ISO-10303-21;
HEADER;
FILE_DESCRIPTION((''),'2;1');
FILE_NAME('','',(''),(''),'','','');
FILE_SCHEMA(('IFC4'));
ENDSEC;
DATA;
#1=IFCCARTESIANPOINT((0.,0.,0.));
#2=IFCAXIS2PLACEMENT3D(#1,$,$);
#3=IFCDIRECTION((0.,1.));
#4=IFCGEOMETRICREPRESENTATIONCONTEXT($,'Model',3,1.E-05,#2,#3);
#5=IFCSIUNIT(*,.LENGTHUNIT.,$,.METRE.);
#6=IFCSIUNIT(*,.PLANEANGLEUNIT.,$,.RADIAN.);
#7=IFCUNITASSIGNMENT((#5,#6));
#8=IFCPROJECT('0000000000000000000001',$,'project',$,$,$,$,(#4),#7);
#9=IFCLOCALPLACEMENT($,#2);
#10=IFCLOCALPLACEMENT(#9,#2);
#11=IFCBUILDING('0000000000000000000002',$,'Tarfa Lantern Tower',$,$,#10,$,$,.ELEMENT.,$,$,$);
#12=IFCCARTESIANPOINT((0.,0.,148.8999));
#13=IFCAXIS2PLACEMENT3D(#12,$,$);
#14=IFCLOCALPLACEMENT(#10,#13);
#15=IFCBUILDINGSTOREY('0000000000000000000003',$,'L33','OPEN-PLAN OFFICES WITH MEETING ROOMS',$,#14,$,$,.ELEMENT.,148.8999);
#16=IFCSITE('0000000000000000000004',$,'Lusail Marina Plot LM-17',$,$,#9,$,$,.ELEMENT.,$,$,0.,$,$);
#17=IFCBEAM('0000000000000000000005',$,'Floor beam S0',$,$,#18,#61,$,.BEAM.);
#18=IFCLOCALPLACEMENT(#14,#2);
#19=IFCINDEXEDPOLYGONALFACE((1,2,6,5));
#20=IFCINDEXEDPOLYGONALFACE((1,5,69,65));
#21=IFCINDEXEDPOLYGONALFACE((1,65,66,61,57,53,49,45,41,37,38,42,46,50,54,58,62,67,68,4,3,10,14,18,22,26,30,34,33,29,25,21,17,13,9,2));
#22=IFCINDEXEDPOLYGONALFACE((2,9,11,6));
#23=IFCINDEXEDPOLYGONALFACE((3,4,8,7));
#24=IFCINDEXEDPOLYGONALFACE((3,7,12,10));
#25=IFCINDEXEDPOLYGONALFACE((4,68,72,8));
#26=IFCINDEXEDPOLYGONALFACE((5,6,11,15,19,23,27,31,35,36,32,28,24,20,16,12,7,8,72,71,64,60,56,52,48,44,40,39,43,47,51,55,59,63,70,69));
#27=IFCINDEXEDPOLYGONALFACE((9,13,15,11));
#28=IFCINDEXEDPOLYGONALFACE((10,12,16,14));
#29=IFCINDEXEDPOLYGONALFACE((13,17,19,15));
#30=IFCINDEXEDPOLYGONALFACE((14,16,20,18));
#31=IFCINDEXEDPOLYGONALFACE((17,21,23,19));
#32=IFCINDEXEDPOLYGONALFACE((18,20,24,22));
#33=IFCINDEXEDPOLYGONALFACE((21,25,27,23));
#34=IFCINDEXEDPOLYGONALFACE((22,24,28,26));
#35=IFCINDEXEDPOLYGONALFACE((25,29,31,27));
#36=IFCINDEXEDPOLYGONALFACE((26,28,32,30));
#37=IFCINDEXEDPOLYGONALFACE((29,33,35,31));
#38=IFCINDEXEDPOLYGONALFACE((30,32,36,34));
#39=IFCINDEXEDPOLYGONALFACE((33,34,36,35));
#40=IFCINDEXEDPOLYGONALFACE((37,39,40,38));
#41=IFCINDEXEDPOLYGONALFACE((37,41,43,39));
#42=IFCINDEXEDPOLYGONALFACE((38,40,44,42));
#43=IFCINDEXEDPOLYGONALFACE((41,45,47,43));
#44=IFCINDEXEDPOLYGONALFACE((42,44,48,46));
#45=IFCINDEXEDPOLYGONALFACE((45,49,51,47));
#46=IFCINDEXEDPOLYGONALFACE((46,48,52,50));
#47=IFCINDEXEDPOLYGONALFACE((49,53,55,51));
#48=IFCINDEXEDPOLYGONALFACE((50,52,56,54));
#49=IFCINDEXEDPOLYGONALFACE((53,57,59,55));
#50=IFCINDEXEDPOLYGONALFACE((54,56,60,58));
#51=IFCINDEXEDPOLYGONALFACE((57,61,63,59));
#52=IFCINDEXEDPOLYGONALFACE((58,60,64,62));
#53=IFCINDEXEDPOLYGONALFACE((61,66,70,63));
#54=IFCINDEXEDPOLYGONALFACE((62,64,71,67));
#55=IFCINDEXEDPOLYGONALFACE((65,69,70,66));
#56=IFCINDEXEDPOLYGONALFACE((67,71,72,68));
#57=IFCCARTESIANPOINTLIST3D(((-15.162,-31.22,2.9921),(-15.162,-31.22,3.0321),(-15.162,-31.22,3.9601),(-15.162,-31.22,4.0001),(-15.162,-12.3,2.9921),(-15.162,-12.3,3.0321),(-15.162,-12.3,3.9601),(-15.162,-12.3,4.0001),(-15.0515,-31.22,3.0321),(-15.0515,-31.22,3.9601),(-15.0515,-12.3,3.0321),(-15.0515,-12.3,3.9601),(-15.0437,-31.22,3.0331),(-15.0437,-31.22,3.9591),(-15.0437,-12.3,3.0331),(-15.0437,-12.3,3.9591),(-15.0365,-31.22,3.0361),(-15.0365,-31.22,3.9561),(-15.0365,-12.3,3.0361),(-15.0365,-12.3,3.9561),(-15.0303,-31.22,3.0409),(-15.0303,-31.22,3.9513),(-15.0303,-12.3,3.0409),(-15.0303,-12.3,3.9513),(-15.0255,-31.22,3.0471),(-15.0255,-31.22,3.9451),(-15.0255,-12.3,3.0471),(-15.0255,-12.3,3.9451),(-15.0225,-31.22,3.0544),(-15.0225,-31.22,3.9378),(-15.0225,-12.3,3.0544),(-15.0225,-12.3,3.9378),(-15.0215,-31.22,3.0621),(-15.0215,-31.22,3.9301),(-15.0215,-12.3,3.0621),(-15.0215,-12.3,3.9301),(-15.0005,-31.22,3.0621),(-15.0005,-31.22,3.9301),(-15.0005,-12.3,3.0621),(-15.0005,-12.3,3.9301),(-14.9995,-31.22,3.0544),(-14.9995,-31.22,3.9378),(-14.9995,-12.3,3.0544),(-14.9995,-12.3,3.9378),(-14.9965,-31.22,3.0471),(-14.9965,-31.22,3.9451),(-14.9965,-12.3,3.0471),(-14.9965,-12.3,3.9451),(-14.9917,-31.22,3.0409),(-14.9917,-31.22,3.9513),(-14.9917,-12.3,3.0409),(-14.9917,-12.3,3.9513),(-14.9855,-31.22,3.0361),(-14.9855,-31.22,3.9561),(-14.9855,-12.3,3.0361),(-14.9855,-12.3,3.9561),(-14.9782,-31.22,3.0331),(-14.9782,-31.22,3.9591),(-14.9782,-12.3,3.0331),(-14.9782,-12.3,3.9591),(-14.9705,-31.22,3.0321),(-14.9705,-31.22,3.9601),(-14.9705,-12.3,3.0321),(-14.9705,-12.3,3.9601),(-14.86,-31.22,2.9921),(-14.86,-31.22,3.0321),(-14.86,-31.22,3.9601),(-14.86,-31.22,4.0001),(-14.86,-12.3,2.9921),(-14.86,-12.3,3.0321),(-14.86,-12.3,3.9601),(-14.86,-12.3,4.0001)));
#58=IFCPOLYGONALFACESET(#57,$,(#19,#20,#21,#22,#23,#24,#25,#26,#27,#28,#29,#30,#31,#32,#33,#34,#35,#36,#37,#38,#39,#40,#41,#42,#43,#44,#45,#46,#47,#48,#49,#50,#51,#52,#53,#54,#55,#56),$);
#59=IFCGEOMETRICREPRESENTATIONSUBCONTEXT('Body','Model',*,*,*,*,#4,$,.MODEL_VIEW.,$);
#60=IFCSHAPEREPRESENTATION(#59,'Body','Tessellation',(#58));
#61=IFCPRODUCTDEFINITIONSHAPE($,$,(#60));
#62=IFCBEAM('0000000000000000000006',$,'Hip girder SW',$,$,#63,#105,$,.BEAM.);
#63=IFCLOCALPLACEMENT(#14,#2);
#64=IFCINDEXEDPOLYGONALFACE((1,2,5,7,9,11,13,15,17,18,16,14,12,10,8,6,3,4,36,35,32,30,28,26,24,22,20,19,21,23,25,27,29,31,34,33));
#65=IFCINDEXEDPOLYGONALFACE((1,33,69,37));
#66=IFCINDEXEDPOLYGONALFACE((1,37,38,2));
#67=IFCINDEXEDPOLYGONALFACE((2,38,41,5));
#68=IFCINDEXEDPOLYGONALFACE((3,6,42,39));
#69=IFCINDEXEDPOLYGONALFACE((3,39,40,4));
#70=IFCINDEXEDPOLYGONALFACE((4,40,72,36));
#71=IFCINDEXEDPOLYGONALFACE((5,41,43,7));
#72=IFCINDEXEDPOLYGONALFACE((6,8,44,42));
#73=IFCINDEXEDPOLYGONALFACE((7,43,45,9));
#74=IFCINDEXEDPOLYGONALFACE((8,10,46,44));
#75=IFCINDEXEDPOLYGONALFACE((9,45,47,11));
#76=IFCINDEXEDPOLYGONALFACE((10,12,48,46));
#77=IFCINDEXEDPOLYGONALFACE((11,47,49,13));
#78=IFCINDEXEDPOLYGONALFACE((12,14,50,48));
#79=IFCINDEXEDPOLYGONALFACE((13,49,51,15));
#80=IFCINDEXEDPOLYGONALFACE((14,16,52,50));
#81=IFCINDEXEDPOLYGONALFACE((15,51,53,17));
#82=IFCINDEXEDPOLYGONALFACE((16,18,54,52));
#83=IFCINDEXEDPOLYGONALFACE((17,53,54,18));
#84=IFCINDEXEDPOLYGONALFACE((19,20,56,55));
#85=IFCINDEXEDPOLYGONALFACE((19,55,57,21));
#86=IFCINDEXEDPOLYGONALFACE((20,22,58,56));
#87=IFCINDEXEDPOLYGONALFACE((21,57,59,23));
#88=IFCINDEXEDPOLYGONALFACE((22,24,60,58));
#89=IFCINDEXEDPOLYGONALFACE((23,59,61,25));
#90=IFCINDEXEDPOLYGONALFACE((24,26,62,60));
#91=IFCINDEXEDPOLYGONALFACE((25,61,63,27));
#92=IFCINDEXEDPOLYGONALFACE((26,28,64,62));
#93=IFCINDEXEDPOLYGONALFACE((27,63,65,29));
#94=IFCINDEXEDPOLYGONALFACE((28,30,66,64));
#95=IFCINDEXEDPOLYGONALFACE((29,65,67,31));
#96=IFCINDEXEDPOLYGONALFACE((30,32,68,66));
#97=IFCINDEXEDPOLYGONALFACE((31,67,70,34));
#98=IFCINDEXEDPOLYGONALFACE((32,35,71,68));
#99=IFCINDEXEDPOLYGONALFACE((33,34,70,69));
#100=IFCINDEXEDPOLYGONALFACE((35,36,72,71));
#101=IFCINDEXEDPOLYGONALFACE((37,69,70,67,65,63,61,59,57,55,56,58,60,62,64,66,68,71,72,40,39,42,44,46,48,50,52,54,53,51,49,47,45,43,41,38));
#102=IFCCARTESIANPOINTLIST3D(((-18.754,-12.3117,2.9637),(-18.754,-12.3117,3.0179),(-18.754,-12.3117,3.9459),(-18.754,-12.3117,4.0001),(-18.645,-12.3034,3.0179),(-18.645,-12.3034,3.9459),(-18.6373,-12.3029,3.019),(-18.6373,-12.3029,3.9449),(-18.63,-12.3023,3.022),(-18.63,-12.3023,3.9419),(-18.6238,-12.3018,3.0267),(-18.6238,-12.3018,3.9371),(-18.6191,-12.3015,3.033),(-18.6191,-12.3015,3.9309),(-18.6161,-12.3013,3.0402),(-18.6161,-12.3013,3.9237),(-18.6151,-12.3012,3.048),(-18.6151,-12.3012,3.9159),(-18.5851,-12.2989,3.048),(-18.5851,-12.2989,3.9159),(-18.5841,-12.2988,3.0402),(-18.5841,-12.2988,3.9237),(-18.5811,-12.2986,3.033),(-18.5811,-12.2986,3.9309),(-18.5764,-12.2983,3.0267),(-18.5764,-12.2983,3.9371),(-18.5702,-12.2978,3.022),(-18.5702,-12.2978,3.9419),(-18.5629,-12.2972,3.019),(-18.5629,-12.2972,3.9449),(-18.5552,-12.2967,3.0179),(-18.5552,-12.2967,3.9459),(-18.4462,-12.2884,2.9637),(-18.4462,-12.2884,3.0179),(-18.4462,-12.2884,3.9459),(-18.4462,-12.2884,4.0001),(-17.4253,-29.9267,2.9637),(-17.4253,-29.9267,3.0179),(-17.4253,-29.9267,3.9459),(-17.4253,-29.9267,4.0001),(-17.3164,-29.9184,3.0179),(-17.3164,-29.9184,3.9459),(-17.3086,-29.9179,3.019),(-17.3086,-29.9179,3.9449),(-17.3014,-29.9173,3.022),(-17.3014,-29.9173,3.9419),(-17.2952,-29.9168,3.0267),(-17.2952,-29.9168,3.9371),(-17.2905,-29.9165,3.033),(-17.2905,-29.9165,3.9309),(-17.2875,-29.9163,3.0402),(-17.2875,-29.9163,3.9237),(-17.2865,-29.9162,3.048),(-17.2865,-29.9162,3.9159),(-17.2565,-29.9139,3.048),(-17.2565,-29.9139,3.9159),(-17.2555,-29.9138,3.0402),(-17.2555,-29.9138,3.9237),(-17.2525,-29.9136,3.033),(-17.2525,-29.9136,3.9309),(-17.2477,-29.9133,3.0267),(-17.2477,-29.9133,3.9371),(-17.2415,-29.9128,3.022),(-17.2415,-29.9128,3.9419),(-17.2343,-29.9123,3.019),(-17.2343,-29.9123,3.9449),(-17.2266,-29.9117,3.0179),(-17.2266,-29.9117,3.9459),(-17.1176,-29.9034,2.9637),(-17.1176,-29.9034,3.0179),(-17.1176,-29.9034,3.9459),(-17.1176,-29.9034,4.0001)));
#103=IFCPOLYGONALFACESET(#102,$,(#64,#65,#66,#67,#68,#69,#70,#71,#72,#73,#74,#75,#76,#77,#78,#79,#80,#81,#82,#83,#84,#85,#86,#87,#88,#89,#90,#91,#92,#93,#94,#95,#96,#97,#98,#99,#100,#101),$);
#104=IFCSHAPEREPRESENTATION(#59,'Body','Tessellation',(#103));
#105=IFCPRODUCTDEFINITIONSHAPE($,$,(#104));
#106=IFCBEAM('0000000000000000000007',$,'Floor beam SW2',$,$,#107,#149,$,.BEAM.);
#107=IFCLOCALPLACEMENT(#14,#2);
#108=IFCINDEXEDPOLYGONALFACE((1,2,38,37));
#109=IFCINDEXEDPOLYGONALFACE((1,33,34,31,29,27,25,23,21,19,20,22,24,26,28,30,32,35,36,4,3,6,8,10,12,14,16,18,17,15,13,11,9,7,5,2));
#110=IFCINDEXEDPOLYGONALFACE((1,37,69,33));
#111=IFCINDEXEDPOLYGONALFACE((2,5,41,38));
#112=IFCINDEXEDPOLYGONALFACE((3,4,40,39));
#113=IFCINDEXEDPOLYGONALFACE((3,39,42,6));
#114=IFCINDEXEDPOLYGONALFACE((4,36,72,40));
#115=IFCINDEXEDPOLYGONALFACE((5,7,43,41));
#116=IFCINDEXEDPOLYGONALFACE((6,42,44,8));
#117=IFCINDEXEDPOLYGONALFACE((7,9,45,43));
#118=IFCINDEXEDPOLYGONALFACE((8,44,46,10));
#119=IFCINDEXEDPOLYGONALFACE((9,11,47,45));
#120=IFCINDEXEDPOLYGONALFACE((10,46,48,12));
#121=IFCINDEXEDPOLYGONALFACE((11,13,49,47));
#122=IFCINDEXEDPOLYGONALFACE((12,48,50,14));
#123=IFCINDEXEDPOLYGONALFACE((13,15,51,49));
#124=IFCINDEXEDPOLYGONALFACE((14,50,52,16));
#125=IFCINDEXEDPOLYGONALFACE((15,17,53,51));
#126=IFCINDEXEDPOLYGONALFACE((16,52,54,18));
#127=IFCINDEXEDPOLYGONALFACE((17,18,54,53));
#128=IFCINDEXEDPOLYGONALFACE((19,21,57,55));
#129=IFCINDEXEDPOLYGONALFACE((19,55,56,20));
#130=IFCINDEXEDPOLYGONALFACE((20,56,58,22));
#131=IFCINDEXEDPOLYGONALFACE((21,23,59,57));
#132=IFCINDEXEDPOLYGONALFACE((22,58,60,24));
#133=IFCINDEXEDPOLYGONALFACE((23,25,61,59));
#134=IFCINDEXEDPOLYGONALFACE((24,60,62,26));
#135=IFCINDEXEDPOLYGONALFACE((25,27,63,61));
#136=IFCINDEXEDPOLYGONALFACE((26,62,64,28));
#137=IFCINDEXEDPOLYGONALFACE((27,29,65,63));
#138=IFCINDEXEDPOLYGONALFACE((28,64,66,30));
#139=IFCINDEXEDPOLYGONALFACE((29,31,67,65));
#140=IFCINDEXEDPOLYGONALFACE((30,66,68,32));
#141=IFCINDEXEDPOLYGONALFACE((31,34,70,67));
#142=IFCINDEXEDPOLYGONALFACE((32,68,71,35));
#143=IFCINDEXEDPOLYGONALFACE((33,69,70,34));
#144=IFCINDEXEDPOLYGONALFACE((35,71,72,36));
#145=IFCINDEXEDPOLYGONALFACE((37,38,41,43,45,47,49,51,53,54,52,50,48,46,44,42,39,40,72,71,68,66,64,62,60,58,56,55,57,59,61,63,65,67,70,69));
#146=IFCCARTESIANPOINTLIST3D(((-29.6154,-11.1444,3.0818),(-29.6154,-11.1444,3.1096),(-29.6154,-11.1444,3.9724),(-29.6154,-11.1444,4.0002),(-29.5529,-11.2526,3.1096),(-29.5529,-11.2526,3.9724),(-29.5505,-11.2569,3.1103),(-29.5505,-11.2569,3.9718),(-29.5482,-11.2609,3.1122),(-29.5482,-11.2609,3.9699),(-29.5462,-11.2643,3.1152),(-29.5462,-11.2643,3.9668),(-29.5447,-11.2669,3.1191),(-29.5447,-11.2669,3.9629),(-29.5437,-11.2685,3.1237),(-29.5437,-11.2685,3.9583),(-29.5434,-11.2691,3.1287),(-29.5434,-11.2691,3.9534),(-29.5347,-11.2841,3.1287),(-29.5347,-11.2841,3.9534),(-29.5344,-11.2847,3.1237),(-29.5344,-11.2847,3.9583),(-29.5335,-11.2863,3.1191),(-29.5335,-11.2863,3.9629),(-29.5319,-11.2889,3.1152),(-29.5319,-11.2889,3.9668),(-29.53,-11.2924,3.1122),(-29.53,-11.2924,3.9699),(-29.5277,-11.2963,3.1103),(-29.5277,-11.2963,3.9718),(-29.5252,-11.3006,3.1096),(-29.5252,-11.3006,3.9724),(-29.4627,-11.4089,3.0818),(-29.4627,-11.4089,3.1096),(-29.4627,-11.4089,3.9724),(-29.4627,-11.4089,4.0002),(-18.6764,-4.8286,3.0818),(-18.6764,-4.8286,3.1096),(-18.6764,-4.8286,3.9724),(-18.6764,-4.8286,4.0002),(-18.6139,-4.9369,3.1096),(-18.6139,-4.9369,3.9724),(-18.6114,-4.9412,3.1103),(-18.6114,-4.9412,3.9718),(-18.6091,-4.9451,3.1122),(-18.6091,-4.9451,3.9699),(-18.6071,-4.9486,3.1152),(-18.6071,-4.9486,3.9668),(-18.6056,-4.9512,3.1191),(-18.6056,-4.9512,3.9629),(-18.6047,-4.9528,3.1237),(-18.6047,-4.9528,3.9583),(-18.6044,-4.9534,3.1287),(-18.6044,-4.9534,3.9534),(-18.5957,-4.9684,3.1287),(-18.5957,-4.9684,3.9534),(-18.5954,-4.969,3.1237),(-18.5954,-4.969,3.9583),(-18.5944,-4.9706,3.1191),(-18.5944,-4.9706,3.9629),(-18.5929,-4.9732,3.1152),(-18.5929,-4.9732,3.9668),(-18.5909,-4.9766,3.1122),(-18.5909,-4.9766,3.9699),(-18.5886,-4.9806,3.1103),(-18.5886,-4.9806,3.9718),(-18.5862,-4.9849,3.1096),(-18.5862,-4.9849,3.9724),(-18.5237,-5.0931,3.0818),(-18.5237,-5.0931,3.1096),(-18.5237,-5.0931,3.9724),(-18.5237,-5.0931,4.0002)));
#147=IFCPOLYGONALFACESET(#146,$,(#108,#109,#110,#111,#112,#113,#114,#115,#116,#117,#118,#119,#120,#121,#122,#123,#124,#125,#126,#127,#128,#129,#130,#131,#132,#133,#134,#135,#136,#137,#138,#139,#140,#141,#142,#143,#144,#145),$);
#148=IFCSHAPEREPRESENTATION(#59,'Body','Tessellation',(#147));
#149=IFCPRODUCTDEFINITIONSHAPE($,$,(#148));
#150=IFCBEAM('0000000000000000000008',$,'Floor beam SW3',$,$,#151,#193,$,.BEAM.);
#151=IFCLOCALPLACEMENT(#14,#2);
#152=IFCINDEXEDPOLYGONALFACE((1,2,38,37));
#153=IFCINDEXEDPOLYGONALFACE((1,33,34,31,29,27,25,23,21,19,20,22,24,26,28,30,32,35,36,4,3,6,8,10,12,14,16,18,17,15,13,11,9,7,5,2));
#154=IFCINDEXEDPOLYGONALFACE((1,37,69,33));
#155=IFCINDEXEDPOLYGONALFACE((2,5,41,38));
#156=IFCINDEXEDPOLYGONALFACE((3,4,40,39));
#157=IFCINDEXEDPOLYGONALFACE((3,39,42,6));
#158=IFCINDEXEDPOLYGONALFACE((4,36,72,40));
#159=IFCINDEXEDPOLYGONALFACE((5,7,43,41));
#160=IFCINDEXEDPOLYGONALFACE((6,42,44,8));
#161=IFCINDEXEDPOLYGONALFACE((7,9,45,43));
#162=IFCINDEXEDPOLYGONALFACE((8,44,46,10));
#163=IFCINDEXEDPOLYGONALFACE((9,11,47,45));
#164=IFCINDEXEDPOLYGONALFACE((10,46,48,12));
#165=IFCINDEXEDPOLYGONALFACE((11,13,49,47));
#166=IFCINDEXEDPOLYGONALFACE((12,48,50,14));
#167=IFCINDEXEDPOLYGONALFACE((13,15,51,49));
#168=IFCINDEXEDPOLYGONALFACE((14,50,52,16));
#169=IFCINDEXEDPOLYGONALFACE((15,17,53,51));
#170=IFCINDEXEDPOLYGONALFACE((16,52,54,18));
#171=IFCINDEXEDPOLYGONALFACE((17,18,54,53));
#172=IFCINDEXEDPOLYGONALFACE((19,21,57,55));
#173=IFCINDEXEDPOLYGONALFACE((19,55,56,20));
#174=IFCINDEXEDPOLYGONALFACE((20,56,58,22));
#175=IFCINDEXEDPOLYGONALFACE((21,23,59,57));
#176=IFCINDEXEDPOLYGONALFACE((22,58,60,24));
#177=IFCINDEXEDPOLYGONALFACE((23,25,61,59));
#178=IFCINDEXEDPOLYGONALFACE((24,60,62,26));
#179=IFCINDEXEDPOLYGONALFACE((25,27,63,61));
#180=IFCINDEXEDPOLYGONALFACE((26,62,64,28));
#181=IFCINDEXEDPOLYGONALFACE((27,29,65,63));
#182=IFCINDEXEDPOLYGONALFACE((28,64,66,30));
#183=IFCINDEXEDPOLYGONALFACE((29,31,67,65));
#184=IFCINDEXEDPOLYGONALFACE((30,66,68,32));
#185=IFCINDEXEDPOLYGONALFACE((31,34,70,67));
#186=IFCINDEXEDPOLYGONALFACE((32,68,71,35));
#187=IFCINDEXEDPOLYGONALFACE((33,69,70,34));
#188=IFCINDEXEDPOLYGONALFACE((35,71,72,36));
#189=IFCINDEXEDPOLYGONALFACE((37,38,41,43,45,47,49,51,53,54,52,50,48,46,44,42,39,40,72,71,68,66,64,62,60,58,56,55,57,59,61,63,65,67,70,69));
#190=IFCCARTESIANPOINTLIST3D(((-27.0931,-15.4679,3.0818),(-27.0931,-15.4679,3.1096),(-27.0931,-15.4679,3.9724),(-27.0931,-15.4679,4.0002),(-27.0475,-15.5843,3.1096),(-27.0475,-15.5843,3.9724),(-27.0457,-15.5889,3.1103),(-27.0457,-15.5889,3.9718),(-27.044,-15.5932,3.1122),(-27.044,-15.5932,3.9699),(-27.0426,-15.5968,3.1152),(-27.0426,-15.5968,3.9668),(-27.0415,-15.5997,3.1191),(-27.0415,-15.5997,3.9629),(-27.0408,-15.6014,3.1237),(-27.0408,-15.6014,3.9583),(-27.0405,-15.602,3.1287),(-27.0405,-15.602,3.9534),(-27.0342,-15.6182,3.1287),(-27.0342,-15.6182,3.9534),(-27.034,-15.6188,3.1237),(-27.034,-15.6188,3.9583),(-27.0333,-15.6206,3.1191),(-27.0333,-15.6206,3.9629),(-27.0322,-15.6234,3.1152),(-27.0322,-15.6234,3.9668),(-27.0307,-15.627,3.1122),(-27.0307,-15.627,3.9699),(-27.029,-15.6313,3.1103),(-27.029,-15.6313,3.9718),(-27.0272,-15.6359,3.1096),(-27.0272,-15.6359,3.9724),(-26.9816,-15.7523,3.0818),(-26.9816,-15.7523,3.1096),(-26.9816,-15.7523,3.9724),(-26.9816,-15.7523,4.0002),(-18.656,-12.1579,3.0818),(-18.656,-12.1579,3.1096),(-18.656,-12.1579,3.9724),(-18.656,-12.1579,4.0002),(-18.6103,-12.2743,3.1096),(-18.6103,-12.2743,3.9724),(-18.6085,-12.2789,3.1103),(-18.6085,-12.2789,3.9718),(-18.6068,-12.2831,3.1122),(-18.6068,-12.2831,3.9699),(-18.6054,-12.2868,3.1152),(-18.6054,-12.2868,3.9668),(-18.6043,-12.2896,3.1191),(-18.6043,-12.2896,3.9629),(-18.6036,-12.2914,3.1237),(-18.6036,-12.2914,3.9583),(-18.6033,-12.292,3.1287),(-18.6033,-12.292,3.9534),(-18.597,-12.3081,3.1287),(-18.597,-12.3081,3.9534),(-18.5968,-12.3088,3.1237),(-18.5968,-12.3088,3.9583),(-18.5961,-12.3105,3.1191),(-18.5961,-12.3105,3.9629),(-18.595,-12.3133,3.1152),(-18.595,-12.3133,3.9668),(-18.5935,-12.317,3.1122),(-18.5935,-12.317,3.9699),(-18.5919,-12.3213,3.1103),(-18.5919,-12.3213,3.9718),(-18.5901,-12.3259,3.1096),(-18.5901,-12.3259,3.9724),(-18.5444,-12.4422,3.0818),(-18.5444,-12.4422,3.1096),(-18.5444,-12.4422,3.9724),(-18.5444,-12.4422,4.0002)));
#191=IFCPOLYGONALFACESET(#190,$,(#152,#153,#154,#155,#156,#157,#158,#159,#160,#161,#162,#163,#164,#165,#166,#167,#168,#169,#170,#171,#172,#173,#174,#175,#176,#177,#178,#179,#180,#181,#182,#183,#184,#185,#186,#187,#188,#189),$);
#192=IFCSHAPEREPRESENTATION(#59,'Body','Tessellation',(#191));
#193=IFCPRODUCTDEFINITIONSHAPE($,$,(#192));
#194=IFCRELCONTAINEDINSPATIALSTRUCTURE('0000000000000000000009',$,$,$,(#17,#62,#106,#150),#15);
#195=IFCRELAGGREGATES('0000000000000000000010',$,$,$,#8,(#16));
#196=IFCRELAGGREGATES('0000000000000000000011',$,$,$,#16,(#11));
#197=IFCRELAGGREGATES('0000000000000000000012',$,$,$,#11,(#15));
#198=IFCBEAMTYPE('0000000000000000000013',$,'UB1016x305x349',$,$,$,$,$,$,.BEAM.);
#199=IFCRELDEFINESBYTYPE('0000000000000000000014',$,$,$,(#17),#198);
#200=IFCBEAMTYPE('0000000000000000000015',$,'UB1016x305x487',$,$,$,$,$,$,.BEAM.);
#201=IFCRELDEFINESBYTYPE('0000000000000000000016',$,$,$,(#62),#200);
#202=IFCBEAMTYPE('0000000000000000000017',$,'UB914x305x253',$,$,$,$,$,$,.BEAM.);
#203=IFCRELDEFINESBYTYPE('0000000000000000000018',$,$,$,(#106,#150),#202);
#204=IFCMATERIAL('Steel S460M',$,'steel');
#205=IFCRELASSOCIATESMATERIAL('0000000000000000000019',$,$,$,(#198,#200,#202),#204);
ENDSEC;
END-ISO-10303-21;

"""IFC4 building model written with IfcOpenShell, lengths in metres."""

from ifc_helpers import new_model, si_unit, direction, frame, origin, origin_2d, place, context, subcontext, project, spatial, i_section, extrude, material, material_profile, profile_set, type_object, element, save


model = new_model("IFC4")

# Units and contexts
model_context = context("Model", 3, precision=1e-05, world=origin(), true_north=direction((0.0, 1.0)))
body_context = subcontext(model_context, "Body", "Model", "MODEL_VIEW")
ifc_project = project(units=[si_unit("LENGTHUNIT", "METRE"), si_unit("PLANEANGLEUNIT", "RADIAN")], contexts=[model_context])

# Site, building, storey
site_placement = place(None, origin())
site = spatial("IfcSite", under=ifc_project, at=site_placement, Name="Lusail Marina Plot LM-17", CompositionType="ELEMENT", RefElevation=0.0)
building_placement = place(site_placement, origin())
building = spatial("IfcBuilding", under=site, at=building_placement, Name="Tarfa Lantern Tower", CompositionType="ELEMENT")
storey_placement = place(building_placement, frame((0.0, 0.0, 148.8999)))
storey = spatial("IfcBuildingStorey", under=building, at=storey_placement, Name="L33", Description="OPEN-PLAN OFFICES WITH MEETING ROOMS", CompositionType="ELEMENT", Elevation=148.8999)

# Beams
ifc_material_1 = material(Name="Steel S460M", Category="steel")
ifc_material_profile_1 = material_profile(ifc_material_1, i_section(OverallWidth=0.302, OverallDepth=1.0081, WebThickness=0.021, FlangeThickness=0.04, FilletRadius=0.03, at=origin_2d()), Name="UB1016x305x349")
ifc_profile_set_1 = profile_set([ifc_material_profile_1], Name="Steel S460M")
beam_type_1 = type_object("IfcBeamType", Name="UB1016x305x349", PredefinedType="BEAM", material=ifc_profile_set_1)
beam_1_placement = place(storey_placement, frame((-15.011, -31.22, 3.4961), z_axis=(0.0, 1.0, 0.0), x_axis=(-1.0, 0.0, 0.0)))
element("IfcBeam", 1, at=beam_1_placement, inside=storey, type_object=beam_type_1, Name="Floor beam S0", PredefinedType="BEAM", context=body_context, shape_type="SweptSolid", body=[
    extrude(i_section(OverallWidth=0.302, OverallDepth=1.0081, WebThickness=0.021, FlangeThickness=0.04, FilletRadius=0.03, at=origin_2d()), origin(), (0.0, 0.0, 1.0), 18.9199),
])
ifc_material_profile_2 = material_profile(ifc_material_1, i_section(OverallWidth=0.3086, OverallDepth=1.0364, WebThickness=0.03, FlangeThickness=0.0542, FilletRadius=0.03, at=origin_2d()), Name="UB1016x305x487")
ifc_profile_set_2 = profile_set([ifc_material_profile_2], Name="Steel S460M")
beam_type_2 = type_object("IfcBeamType", Name="UB1016x305x487", PredefinedType="BEAM", material=ifc_profile_set_2)
beam_2_placement = place(storey_placement, frame((-18.6001, -12.3, 3.4819), z_axis=(0.075212, -0.997168, 0.0), x_axis=(0.997168, 0.075212, 0.0)))
element("IfcBeam", 2, at=beam_2_placement, inside=storey, type_object=beam_type_2, Name="Hip girder SW", PredefinedType="BEAM", context=body_context, shape_type="SweptSolid", body=[
    extrude(i_section(OverallWidth=0.3086, OverallDepth=1.0364, WebThickness=0.03, FlangeThickness=0.0542, FilletRadius=0.03, at=origin_2d()), origin(), (0.0, 0.0, 1.0), 17.665),
])
ifc_material_profile_3 = material_profile(ifc_material_1, i_section(OverallWidth=0.3054, OverallDepth=0.9185, WebThickness=0.0173, FlangeThickness=0.0278, FilletRadius=0.019, at=origin_2d()), Name="UB914x305x253")
ifc_profile_set_3 = profile_set([ifc_material_profile_3], Name="Steel S460M")
beam_type_3 = type_object("IfcBeamType", Name="UB914x305x253", PredefinedType="BEAM", material=ifc_profile_set_3)
beam_3_placement = place(storey_placement, frame((-29.5391, -11.2766, 3.541), z_axis=(0.866023, 0.500004, 0.0), x_axis=(-0.500004, 0.866023, 0.0)))
element("IfcBeam", 3, at=beam_3_placement, inside=storey, type_object=beam_type_3, Name="Floor beam SW2", PredefinedType="BEAM", context=body_context, shape_type="SweptSolid", body=[
    extrude(i_section(OverallWidth=0.3054, OverallDepth=0.9185, WebThickness=0.0173, FlangeThickness=0.0278, FilletRadius=0.019, at=origin_2d()), origin(), (0.0, 0.0, 1.0), 12.6313),
])
beam_4_placement = place(storey_placement, frame((-27.0374, -15.6101, 3.541), z_axis=(0.930923, 0.365215, 0.0), x_axis=(-0.365215, 0.930923, 0.0)))
element("IfcBeam", 4, at=beam_4_placement, inside=storey, type_object=beam_type_3, Name="Floor beam SW3", PredefinedType="BEAM", context=body_context, shape_type="SweptSolid", body=[
    extrude(i_section(OverallWidth=0.3054, OverallDepth=0.9185, WebThickness=0.0173, FlangeThickness=0.0278, FilletRadius=0.019, at=origin_2d()), origin(), (0.0, 0.0, 1.0), 9.0632),
])

save(model, "model.ifc")
